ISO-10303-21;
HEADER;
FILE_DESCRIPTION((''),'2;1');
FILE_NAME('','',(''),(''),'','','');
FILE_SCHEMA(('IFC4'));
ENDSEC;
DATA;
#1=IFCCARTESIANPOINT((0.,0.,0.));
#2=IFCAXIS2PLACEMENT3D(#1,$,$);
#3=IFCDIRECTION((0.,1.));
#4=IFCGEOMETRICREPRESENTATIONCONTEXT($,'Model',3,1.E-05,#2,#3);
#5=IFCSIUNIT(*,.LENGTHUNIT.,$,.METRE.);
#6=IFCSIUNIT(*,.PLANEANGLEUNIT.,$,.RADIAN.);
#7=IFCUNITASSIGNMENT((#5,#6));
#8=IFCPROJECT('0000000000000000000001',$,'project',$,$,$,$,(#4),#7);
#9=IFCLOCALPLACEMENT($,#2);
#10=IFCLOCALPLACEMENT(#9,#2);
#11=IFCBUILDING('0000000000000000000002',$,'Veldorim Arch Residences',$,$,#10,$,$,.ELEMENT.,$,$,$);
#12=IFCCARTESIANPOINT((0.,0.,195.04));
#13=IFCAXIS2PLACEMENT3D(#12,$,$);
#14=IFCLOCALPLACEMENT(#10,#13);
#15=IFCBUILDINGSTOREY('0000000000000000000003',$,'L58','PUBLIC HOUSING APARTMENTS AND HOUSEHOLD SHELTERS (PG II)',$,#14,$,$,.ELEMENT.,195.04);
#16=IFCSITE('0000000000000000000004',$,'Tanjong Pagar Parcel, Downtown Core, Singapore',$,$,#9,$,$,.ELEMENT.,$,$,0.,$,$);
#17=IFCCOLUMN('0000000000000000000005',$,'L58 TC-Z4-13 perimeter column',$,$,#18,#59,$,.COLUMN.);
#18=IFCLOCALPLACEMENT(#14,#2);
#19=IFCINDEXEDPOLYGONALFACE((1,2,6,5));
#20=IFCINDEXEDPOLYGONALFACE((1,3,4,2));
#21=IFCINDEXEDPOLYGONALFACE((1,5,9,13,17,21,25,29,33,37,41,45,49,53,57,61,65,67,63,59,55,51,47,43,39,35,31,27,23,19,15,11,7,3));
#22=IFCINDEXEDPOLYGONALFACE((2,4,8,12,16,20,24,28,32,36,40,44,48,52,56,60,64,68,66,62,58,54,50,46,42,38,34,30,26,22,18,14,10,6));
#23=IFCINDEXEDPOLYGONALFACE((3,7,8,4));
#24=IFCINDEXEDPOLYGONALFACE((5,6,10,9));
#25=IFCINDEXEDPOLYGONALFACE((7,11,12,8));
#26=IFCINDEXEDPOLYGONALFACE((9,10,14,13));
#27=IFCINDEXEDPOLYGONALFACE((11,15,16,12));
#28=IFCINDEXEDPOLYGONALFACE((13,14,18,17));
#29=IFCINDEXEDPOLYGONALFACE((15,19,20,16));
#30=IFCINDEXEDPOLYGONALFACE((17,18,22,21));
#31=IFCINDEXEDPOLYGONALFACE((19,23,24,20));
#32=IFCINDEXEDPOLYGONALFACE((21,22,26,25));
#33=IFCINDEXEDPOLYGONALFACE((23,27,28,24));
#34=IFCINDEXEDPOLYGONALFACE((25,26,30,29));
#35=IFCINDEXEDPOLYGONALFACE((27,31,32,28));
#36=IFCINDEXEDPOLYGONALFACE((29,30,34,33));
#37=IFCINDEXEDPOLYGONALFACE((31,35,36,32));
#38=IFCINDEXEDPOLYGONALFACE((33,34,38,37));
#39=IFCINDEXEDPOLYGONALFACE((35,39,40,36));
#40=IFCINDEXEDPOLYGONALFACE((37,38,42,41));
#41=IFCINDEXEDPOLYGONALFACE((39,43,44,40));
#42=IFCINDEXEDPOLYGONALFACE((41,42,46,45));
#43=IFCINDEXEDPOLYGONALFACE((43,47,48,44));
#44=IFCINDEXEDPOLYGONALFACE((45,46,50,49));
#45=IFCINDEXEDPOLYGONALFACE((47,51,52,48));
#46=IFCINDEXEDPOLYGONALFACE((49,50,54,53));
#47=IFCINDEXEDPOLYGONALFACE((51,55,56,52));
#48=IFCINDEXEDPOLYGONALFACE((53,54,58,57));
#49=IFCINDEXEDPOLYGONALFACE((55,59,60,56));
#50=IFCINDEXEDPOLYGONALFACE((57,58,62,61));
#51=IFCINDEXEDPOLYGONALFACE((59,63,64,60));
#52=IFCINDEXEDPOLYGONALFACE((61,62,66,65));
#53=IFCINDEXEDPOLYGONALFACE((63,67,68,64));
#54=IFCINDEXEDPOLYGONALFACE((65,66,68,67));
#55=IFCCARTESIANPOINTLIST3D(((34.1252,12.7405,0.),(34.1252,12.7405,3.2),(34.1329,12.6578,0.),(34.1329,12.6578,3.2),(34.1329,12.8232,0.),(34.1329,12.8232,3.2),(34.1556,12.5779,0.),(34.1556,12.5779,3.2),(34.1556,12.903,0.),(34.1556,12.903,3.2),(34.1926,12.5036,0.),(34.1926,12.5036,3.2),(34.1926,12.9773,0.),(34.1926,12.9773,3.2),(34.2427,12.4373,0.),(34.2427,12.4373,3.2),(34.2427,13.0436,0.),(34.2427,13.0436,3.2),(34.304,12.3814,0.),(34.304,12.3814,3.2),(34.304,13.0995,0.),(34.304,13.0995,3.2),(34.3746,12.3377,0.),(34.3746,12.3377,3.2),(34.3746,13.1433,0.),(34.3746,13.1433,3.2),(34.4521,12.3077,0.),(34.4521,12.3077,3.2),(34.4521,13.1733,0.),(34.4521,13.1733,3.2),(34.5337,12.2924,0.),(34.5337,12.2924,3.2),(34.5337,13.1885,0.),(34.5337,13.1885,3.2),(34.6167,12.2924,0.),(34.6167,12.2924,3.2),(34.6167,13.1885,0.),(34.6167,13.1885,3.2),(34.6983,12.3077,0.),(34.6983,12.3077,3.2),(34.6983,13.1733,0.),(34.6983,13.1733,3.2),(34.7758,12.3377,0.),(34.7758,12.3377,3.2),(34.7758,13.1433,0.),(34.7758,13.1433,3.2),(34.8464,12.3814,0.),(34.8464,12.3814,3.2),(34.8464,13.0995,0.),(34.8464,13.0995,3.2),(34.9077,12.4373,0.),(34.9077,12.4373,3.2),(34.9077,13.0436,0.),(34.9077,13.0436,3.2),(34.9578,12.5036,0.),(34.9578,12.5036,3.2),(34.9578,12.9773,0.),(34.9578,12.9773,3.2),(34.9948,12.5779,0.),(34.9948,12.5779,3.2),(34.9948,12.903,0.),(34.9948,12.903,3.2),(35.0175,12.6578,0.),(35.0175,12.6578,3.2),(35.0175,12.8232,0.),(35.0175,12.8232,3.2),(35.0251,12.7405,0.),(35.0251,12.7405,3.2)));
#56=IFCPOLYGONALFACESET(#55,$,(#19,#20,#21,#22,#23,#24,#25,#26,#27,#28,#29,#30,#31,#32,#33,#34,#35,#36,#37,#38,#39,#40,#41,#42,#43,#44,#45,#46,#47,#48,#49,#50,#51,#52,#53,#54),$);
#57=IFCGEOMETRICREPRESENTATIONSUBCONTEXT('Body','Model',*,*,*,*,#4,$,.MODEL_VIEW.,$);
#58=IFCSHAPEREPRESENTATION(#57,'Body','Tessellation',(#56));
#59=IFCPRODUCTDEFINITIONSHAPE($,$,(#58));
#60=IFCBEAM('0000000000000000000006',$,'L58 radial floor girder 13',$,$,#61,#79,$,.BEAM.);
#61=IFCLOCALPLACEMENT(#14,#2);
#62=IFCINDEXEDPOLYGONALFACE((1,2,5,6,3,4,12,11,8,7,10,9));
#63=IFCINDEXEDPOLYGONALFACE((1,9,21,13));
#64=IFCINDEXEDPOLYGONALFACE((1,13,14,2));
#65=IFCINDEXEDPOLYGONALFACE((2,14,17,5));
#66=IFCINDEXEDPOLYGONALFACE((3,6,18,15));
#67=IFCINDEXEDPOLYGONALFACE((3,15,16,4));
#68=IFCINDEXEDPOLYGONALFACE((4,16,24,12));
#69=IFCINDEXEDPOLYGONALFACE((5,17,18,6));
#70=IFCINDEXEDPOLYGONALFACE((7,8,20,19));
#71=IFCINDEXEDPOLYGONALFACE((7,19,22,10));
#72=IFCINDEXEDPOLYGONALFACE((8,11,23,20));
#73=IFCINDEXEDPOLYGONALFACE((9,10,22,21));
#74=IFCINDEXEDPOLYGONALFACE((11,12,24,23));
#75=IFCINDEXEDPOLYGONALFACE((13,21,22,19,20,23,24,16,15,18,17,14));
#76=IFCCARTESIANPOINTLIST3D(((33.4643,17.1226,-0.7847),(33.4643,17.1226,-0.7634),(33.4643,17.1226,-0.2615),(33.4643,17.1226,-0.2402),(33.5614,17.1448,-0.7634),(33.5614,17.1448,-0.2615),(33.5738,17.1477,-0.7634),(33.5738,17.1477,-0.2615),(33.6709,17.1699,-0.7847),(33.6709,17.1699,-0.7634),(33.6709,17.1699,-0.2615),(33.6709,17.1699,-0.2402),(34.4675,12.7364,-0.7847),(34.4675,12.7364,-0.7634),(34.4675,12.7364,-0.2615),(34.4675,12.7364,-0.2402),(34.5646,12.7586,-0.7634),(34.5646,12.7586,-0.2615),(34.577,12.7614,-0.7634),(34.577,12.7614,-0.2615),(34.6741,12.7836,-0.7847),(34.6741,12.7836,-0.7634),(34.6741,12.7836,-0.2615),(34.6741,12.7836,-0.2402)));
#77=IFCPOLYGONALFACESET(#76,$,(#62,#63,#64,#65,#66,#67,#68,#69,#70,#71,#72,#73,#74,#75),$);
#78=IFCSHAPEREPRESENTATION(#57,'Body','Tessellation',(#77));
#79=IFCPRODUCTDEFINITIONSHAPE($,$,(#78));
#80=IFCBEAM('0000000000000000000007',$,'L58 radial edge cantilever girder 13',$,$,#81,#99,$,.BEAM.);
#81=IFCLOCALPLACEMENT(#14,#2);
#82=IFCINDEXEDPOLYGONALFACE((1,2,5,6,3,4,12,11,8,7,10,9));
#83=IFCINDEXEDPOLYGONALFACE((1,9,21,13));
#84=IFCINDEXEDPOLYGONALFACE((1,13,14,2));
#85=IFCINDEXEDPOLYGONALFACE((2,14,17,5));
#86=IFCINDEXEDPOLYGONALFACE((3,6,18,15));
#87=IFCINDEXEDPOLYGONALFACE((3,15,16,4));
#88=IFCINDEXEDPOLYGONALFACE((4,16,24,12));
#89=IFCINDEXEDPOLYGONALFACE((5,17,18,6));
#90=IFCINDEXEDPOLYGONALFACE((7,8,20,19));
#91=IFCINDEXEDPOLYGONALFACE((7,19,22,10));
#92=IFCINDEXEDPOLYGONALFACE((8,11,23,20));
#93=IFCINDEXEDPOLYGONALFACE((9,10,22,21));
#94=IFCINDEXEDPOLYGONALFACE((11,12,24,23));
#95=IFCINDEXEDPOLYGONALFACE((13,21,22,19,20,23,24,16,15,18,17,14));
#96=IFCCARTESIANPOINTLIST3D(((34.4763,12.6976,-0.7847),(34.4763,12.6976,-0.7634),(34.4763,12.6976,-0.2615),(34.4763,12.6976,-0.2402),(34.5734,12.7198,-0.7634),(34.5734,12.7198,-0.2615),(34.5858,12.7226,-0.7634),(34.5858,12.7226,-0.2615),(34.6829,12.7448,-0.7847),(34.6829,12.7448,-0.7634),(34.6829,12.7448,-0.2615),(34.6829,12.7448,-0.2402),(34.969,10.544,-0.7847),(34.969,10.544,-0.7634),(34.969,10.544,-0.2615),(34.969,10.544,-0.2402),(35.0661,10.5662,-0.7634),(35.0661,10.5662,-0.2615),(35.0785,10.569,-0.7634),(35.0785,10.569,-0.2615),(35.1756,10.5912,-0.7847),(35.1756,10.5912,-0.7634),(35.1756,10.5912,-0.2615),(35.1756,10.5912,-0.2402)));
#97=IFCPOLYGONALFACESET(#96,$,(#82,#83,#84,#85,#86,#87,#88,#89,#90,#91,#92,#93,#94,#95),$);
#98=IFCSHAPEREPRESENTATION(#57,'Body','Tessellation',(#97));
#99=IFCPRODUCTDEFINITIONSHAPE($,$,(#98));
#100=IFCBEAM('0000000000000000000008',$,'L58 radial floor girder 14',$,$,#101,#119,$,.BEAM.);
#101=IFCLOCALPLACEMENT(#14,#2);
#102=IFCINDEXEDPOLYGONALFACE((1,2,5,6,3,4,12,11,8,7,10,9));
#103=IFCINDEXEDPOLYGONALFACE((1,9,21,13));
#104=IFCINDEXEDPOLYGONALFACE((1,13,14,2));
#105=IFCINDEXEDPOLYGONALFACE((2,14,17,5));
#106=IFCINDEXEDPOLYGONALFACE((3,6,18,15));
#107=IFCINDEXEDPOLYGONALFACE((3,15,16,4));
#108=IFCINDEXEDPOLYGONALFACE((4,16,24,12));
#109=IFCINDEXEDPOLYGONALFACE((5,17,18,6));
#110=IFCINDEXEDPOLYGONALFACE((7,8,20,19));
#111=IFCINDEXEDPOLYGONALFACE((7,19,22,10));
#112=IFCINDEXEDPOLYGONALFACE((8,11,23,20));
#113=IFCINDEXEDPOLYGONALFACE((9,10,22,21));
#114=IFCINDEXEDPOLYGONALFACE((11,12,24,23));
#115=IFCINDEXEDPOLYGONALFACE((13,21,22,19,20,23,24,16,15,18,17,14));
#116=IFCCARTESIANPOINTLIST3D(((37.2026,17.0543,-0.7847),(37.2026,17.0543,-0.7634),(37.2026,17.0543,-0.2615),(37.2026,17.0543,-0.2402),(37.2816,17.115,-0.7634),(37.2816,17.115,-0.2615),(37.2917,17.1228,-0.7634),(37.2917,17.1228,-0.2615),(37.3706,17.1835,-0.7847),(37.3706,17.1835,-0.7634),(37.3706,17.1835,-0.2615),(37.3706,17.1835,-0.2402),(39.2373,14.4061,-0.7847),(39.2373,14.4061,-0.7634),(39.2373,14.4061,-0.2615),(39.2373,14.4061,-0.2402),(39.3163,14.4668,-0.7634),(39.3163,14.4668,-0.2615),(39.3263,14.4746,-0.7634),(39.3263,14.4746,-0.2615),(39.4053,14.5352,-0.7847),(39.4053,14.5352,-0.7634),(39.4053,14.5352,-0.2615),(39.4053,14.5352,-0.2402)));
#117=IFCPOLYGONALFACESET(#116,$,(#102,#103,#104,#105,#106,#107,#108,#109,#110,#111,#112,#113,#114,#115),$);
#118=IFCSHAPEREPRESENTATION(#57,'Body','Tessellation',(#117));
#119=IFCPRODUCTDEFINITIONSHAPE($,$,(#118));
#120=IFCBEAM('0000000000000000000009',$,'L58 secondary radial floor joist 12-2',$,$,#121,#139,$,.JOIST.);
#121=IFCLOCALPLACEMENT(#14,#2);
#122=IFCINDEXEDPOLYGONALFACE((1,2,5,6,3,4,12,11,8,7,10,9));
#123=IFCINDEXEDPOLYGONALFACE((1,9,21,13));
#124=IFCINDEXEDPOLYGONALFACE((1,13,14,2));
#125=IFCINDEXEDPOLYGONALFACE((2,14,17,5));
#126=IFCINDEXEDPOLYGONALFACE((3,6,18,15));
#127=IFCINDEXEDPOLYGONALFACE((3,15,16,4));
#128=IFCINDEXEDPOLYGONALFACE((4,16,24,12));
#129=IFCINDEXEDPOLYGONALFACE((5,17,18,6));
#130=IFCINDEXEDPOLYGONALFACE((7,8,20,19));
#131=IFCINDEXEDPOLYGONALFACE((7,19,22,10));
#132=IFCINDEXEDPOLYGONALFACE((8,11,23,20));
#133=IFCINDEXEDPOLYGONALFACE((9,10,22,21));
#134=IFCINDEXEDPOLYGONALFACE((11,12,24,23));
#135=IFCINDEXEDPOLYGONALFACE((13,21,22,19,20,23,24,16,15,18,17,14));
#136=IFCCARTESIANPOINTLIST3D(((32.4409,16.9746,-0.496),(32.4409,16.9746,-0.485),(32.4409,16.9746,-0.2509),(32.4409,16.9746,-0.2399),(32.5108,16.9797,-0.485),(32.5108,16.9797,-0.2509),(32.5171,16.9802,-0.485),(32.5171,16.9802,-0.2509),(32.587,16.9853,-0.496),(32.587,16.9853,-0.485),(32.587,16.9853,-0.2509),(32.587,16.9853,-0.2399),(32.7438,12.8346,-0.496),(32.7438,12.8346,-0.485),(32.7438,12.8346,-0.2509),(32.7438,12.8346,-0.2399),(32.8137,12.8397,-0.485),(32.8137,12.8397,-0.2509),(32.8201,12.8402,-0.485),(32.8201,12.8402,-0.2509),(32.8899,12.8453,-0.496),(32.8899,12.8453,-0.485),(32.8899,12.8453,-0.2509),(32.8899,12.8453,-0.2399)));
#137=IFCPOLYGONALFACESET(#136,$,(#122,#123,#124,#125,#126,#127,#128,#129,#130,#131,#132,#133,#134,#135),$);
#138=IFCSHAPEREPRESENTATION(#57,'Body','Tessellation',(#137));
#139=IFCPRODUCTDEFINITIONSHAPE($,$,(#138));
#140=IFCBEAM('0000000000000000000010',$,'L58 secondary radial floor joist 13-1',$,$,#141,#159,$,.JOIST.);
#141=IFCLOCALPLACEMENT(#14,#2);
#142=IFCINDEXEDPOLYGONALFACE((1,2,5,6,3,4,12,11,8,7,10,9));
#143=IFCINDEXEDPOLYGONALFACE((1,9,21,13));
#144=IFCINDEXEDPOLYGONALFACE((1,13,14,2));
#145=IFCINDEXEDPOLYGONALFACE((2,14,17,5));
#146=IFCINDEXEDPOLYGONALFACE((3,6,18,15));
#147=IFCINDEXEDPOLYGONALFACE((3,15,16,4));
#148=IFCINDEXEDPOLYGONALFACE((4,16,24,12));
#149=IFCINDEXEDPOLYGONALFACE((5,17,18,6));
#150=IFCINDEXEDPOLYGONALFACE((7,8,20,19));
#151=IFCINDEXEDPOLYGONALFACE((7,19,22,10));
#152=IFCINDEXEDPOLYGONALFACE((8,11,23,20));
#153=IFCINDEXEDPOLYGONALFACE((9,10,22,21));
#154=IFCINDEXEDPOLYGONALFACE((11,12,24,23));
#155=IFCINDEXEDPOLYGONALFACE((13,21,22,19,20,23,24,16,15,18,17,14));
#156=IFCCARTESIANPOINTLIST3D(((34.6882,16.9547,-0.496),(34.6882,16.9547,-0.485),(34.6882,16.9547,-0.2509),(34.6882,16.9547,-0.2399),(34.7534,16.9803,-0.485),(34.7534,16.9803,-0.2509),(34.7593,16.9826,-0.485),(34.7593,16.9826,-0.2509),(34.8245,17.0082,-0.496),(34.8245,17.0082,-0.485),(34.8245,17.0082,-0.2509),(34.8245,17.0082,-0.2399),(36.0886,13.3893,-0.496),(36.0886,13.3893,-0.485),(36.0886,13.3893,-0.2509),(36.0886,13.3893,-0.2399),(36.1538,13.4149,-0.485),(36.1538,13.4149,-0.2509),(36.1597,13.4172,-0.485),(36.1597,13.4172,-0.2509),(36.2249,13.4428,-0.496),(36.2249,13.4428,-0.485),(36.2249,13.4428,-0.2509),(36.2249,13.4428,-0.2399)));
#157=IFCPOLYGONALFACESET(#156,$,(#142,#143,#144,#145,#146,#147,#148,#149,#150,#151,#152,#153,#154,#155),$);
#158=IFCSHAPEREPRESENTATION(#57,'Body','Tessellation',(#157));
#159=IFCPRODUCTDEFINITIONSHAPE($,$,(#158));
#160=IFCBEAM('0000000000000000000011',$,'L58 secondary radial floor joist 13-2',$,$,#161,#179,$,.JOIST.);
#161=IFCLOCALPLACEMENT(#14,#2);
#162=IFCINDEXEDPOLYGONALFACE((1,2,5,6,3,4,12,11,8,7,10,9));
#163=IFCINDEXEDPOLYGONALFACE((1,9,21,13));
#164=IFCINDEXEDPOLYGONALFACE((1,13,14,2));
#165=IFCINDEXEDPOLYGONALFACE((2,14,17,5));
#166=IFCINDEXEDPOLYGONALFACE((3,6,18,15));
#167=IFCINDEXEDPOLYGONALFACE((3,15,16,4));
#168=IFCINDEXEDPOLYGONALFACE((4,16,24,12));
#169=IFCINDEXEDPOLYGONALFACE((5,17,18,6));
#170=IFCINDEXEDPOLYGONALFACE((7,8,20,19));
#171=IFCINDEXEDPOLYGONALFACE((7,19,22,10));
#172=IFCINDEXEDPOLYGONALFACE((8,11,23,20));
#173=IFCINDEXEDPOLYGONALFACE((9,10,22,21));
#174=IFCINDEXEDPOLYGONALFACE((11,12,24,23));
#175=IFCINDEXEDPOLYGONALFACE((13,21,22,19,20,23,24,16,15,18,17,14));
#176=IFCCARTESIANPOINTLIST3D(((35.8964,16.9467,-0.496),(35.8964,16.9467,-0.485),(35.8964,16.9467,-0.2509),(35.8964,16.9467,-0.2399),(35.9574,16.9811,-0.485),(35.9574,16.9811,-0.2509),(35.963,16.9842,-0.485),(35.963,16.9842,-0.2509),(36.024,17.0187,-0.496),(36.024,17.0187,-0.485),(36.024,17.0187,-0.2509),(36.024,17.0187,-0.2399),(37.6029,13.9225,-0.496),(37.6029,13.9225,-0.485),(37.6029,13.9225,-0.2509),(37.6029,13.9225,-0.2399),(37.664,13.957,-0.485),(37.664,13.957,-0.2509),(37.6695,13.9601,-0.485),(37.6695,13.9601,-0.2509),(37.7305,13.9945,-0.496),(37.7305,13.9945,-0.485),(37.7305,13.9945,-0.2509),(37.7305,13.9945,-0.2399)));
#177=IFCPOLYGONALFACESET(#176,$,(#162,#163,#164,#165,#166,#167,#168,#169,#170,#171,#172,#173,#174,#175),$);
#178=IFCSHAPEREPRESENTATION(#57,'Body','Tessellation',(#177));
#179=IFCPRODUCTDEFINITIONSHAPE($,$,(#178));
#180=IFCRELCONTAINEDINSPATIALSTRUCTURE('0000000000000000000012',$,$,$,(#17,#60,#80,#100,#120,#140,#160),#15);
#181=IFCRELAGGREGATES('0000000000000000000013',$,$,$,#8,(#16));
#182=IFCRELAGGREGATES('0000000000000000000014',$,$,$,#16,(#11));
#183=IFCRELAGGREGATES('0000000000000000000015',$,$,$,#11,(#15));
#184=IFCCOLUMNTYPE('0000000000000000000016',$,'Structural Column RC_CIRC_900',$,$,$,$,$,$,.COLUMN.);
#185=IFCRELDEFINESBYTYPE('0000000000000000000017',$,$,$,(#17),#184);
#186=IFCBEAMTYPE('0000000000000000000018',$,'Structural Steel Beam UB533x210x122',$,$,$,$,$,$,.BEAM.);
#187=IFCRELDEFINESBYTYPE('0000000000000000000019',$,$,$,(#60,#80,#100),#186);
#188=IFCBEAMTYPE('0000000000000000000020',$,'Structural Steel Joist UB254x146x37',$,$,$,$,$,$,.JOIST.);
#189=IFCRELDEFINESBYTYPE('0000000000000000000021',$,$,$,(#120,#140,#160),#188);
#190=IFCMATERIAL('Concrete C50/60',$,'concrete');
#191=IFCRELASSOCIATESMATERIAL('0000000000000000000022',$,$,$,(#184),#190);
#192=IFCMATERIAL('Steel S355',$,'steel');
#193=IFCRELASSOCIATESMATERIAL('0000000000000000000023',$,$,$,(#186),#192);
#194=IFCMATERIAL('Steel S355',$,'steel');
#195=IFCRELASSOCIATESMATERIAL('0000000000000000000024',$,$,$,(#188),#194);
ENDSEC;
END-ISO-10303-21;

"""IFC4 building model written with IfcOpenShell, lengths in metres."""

from ifc_helpers import new_model, si_unit, direction, frame, origin, origin_2d, place, context, subcontext, project, spatial, circle, i_section, extrude, material, material_profile, profile_set, type_object, element, save


model = new_model("IFC4")

# Units and contexts
model_context = context("Model", 3, precision=1e-05, world=origin(), true_north=direction((0.0, 1.0)))
body_context = subcontext(model_context, "Body", "Model", "MODEL_VIEW")
ifc_project = project(units=[si_unit("LENGTHUNIT", "METRE"), si_unit("PLANEANGLEUNIT", "RADIAN")], contexts=[model_context])

# Site, building, storey
site_placement = place(None, origin())
site = spatial("IfcSite", under=ifc_project, at=site_placement, Name="Tanjong Pagar Parcel, Downtown Core, Singapore", CompositionType="ELEMENT", RefElevation=0.0)
building_placement = place(site_placement, origin())
building = spatial("IfcBuilding", under=site, at=building_placement, Name="Veldorim Arch Residences", CompositionType="ELEMENT")
storey_placement = place(building_placement, frame((0.0, 0.0, 195.04)))
storey = spatial("IfcBuildingStorey", under=building, at=storey_placement, Name="L58", Description="PUBLIC HOUSING APARTMENTS AND HOUSEHOLD SHELTERS (PG II)", CompositionType="ELEMENT", Elevation=195.04)

# Column
ifc_material_1 = material(Name="Concrete C50/60", Category="concrete")
ifc_material_profile_1 = material_profile(ifc_material_1, circle(Radius=0.45, at=origin_2d()), Name="RC_CIRC_900")
ifc_profile_set_1 = profile_set([ifc_material_profile_1], Name="Concrete C50/60")
column_type = type_object("IfcColumnType", Name="Structural Column RC_CIRC_900", PredefinedType="COLUMN", material=ifc_profile_set_1)
column_placement = place(storey_placement, frame((34.5752, 12.7405, 0.0), z_axis=(0.0, 0.0, 1.0), x_axis=(1.0, 0.0, 0.0)))
element("IfcColumn", 1, at=column_placement, inside=storey, type_object=column_type, Name="L58 TC-Z4-13 perimeter column", PredefinedType="COLUMN", context=body_context, shape_type="SweptSolid", body=[
    extrude(circle(Radius=0.45, at=origin_2d()), origin(), (0.0, 0.0, 1.0), 3.2),
])

# Beams
ifc_material_2 = material(Name="Steel S355", Category="steel")
ifc_material_profile_2 = material_profile(ifc_material_2, i_section(OverallWidth=0.2119, OverallDepth=0.5444, WebThickness=0.0127, FlangeThickness=0.0212, at=origin_2d()), Name="UB533x210x122")
ifc_profile_set_2 = profile_set([ifc_material_profile_2], Name="Steel S355")
beam_type_1 = type_object("IfcBeamType", Name="Structural Steel Beam UB533x210x122", PredefinedType="BEAM", material=ifc_profile_set_2)
beam_1_placement = place(storey_placement, frame((33.5676, 17.1462, -0.5125), z_axis=(0.222953, -0.974829, 0.0), x_axis=(0.974829, 0.222953, 0.0)))
element("IfcBeam", 2, at=beam_1_placement, inside=storey, type_object=beam_type_1, Name="L58 radial floor girder 13", PredefinedType="BEAM", context=body_context, shape_type="SweptSolid", body=[
    extrude(i_section(OverallWidth=0.2119, OverallDepth=0.5444, WebThickness=0.0127, FlangeThickness=0.0212, at=origin_2d()), origin(), (0.0, 0.0, 1.0), 4.4995),
])
beam_2_placement = place(storey_placement, frame((34.5796, 12.7212, -0.5125), z_axis=(0.223011, -0.974816, 0.0), x_axis=(0.974816, 0.223011, 0.0)))
element("IfcBeam", 3, at=beam_2_placement, inside=storey, type_object=beam_type_1, Name="L58 radial edge cantilever girder 13", PredefinedType="BEAM", context=body_context, shape_type="SweptSolid", body=[
    extrude(i_section(OverallWidth=0.2119, OverallDepth=0.5444, WebThickness=0.0127, FlangeThickness=0.0212, at=origin_2d()), origin(), (0.0, 0.0, 1.0), 2.2092),
])
beam_3_placement = place(storey_placement, frame((37.2866, 17.1189, -0.5125), z_axis=(0.609258, -0.792972, 0.0), x_axis=(0.792972, 0.609258, 0.0)))
element("IfcBeam", 4, at=beam_3_placement, inside=storey, type_object=beam_type_1, Name="L58 radial floor girder 14", PredefinedType="BEAM", context=body_context, shape_type="SweptSolid", body=[
    extrude(i_section(OverallWidth=0.2119, OverallDepth=0.5444, WebThickness=0.0127, FlangeThickness=0.0212, at=origin_2d()), origin(), (0.0, 0.0, 1.0), 3.3396),
])
ifc_material_3 = material(Name="Steel S355", Category="steel")
ifc_material_profile_3 = material_profile(ifc_material_3, i_section(OverallWidth=0.1465, OverallDepth=0.2561, WebThickness=0.0063, FlangeThickness=0.011, at=origin_2d()), Name="UB254x146x37")
ifc_profile_set_3 = profile_set([ifc_material_profile_3], Name="Steel S355")
beam_type_2 = type_object("IfcBeamType", Name="Structural Steel Joist UB254x146x37", PredefinedType="JOIST", material=ifc_profile_set_3)
beam_4_placement = place(storey_placement, frame((32.5139, 16.98, -0.3679), z_axis=(0.072986, -0.997333, 0.0), x_axis=(0.997333, 0.072986, 0.0)))
element("IfcBeam", 5, at=beam_4_placement, inside=storey, type_object=beam_type_2, Name="L58 secondary radial floor joist 12-2", PredefinedType="JOIST", context=body_context, shape_type="SweptSolid", body=[
    extrude(i_section(OverallWidth=0.1465, OverallDepth=0.2561, WebThickness=0.0063, FlangeThickness=0.011, at=origin_2d()), origin(), (0.0, 0.0, 1.0), 4.1511),
])
beam_5_placement = place(storey_placement, frame((34.7563, 16.9814, -0.3679), z_axis=(0.365581, -0.930779, 0.0), x_axis=(0.930779, 0.365581, 0.0)))
element("IfcBeam", 6, at=beam_5_placement, inside=storey, type_object=beam_type_2, Name="L58 secondary radial floor joist 13-1", PredefinedType="JOIST", context=body_context, shape_type="SweptSolid", body=[
    extrude(i_section(OverallWidth=0.1465, OverallDepth=0.2561, WebThickness=0.0063, FlangeThickness=0.011, at=origin_2d()), origin(), (0.0, 0.0, 1.0), 3.8306),
])
beam_6_placement = place(storey_placement, frame((35.9602, 16.9827, -0.3679), z_axis=(0.491452, -0.870904, 0.0), x_axis=(0.870904, 0.491452, 0.0)))
element("IfcBeam", 7, at=beam_6_placement, inside=storey, type_object=beam_type_2, Name="L58 secondary radial floor joist 13-2", PredefinedType="JOIST", context=body_context, shape_type="SweptSolid", body=[
    extrude(i_section(OverallWidth=0.1465, OverallDepth=0.2561, WebThickness=0.0063, FlangeThickness=0.011, at=origin_2d()), origin(), (0.0, 0.0, 1.0), 3.4724),
])

save(model, "model.ifc")
